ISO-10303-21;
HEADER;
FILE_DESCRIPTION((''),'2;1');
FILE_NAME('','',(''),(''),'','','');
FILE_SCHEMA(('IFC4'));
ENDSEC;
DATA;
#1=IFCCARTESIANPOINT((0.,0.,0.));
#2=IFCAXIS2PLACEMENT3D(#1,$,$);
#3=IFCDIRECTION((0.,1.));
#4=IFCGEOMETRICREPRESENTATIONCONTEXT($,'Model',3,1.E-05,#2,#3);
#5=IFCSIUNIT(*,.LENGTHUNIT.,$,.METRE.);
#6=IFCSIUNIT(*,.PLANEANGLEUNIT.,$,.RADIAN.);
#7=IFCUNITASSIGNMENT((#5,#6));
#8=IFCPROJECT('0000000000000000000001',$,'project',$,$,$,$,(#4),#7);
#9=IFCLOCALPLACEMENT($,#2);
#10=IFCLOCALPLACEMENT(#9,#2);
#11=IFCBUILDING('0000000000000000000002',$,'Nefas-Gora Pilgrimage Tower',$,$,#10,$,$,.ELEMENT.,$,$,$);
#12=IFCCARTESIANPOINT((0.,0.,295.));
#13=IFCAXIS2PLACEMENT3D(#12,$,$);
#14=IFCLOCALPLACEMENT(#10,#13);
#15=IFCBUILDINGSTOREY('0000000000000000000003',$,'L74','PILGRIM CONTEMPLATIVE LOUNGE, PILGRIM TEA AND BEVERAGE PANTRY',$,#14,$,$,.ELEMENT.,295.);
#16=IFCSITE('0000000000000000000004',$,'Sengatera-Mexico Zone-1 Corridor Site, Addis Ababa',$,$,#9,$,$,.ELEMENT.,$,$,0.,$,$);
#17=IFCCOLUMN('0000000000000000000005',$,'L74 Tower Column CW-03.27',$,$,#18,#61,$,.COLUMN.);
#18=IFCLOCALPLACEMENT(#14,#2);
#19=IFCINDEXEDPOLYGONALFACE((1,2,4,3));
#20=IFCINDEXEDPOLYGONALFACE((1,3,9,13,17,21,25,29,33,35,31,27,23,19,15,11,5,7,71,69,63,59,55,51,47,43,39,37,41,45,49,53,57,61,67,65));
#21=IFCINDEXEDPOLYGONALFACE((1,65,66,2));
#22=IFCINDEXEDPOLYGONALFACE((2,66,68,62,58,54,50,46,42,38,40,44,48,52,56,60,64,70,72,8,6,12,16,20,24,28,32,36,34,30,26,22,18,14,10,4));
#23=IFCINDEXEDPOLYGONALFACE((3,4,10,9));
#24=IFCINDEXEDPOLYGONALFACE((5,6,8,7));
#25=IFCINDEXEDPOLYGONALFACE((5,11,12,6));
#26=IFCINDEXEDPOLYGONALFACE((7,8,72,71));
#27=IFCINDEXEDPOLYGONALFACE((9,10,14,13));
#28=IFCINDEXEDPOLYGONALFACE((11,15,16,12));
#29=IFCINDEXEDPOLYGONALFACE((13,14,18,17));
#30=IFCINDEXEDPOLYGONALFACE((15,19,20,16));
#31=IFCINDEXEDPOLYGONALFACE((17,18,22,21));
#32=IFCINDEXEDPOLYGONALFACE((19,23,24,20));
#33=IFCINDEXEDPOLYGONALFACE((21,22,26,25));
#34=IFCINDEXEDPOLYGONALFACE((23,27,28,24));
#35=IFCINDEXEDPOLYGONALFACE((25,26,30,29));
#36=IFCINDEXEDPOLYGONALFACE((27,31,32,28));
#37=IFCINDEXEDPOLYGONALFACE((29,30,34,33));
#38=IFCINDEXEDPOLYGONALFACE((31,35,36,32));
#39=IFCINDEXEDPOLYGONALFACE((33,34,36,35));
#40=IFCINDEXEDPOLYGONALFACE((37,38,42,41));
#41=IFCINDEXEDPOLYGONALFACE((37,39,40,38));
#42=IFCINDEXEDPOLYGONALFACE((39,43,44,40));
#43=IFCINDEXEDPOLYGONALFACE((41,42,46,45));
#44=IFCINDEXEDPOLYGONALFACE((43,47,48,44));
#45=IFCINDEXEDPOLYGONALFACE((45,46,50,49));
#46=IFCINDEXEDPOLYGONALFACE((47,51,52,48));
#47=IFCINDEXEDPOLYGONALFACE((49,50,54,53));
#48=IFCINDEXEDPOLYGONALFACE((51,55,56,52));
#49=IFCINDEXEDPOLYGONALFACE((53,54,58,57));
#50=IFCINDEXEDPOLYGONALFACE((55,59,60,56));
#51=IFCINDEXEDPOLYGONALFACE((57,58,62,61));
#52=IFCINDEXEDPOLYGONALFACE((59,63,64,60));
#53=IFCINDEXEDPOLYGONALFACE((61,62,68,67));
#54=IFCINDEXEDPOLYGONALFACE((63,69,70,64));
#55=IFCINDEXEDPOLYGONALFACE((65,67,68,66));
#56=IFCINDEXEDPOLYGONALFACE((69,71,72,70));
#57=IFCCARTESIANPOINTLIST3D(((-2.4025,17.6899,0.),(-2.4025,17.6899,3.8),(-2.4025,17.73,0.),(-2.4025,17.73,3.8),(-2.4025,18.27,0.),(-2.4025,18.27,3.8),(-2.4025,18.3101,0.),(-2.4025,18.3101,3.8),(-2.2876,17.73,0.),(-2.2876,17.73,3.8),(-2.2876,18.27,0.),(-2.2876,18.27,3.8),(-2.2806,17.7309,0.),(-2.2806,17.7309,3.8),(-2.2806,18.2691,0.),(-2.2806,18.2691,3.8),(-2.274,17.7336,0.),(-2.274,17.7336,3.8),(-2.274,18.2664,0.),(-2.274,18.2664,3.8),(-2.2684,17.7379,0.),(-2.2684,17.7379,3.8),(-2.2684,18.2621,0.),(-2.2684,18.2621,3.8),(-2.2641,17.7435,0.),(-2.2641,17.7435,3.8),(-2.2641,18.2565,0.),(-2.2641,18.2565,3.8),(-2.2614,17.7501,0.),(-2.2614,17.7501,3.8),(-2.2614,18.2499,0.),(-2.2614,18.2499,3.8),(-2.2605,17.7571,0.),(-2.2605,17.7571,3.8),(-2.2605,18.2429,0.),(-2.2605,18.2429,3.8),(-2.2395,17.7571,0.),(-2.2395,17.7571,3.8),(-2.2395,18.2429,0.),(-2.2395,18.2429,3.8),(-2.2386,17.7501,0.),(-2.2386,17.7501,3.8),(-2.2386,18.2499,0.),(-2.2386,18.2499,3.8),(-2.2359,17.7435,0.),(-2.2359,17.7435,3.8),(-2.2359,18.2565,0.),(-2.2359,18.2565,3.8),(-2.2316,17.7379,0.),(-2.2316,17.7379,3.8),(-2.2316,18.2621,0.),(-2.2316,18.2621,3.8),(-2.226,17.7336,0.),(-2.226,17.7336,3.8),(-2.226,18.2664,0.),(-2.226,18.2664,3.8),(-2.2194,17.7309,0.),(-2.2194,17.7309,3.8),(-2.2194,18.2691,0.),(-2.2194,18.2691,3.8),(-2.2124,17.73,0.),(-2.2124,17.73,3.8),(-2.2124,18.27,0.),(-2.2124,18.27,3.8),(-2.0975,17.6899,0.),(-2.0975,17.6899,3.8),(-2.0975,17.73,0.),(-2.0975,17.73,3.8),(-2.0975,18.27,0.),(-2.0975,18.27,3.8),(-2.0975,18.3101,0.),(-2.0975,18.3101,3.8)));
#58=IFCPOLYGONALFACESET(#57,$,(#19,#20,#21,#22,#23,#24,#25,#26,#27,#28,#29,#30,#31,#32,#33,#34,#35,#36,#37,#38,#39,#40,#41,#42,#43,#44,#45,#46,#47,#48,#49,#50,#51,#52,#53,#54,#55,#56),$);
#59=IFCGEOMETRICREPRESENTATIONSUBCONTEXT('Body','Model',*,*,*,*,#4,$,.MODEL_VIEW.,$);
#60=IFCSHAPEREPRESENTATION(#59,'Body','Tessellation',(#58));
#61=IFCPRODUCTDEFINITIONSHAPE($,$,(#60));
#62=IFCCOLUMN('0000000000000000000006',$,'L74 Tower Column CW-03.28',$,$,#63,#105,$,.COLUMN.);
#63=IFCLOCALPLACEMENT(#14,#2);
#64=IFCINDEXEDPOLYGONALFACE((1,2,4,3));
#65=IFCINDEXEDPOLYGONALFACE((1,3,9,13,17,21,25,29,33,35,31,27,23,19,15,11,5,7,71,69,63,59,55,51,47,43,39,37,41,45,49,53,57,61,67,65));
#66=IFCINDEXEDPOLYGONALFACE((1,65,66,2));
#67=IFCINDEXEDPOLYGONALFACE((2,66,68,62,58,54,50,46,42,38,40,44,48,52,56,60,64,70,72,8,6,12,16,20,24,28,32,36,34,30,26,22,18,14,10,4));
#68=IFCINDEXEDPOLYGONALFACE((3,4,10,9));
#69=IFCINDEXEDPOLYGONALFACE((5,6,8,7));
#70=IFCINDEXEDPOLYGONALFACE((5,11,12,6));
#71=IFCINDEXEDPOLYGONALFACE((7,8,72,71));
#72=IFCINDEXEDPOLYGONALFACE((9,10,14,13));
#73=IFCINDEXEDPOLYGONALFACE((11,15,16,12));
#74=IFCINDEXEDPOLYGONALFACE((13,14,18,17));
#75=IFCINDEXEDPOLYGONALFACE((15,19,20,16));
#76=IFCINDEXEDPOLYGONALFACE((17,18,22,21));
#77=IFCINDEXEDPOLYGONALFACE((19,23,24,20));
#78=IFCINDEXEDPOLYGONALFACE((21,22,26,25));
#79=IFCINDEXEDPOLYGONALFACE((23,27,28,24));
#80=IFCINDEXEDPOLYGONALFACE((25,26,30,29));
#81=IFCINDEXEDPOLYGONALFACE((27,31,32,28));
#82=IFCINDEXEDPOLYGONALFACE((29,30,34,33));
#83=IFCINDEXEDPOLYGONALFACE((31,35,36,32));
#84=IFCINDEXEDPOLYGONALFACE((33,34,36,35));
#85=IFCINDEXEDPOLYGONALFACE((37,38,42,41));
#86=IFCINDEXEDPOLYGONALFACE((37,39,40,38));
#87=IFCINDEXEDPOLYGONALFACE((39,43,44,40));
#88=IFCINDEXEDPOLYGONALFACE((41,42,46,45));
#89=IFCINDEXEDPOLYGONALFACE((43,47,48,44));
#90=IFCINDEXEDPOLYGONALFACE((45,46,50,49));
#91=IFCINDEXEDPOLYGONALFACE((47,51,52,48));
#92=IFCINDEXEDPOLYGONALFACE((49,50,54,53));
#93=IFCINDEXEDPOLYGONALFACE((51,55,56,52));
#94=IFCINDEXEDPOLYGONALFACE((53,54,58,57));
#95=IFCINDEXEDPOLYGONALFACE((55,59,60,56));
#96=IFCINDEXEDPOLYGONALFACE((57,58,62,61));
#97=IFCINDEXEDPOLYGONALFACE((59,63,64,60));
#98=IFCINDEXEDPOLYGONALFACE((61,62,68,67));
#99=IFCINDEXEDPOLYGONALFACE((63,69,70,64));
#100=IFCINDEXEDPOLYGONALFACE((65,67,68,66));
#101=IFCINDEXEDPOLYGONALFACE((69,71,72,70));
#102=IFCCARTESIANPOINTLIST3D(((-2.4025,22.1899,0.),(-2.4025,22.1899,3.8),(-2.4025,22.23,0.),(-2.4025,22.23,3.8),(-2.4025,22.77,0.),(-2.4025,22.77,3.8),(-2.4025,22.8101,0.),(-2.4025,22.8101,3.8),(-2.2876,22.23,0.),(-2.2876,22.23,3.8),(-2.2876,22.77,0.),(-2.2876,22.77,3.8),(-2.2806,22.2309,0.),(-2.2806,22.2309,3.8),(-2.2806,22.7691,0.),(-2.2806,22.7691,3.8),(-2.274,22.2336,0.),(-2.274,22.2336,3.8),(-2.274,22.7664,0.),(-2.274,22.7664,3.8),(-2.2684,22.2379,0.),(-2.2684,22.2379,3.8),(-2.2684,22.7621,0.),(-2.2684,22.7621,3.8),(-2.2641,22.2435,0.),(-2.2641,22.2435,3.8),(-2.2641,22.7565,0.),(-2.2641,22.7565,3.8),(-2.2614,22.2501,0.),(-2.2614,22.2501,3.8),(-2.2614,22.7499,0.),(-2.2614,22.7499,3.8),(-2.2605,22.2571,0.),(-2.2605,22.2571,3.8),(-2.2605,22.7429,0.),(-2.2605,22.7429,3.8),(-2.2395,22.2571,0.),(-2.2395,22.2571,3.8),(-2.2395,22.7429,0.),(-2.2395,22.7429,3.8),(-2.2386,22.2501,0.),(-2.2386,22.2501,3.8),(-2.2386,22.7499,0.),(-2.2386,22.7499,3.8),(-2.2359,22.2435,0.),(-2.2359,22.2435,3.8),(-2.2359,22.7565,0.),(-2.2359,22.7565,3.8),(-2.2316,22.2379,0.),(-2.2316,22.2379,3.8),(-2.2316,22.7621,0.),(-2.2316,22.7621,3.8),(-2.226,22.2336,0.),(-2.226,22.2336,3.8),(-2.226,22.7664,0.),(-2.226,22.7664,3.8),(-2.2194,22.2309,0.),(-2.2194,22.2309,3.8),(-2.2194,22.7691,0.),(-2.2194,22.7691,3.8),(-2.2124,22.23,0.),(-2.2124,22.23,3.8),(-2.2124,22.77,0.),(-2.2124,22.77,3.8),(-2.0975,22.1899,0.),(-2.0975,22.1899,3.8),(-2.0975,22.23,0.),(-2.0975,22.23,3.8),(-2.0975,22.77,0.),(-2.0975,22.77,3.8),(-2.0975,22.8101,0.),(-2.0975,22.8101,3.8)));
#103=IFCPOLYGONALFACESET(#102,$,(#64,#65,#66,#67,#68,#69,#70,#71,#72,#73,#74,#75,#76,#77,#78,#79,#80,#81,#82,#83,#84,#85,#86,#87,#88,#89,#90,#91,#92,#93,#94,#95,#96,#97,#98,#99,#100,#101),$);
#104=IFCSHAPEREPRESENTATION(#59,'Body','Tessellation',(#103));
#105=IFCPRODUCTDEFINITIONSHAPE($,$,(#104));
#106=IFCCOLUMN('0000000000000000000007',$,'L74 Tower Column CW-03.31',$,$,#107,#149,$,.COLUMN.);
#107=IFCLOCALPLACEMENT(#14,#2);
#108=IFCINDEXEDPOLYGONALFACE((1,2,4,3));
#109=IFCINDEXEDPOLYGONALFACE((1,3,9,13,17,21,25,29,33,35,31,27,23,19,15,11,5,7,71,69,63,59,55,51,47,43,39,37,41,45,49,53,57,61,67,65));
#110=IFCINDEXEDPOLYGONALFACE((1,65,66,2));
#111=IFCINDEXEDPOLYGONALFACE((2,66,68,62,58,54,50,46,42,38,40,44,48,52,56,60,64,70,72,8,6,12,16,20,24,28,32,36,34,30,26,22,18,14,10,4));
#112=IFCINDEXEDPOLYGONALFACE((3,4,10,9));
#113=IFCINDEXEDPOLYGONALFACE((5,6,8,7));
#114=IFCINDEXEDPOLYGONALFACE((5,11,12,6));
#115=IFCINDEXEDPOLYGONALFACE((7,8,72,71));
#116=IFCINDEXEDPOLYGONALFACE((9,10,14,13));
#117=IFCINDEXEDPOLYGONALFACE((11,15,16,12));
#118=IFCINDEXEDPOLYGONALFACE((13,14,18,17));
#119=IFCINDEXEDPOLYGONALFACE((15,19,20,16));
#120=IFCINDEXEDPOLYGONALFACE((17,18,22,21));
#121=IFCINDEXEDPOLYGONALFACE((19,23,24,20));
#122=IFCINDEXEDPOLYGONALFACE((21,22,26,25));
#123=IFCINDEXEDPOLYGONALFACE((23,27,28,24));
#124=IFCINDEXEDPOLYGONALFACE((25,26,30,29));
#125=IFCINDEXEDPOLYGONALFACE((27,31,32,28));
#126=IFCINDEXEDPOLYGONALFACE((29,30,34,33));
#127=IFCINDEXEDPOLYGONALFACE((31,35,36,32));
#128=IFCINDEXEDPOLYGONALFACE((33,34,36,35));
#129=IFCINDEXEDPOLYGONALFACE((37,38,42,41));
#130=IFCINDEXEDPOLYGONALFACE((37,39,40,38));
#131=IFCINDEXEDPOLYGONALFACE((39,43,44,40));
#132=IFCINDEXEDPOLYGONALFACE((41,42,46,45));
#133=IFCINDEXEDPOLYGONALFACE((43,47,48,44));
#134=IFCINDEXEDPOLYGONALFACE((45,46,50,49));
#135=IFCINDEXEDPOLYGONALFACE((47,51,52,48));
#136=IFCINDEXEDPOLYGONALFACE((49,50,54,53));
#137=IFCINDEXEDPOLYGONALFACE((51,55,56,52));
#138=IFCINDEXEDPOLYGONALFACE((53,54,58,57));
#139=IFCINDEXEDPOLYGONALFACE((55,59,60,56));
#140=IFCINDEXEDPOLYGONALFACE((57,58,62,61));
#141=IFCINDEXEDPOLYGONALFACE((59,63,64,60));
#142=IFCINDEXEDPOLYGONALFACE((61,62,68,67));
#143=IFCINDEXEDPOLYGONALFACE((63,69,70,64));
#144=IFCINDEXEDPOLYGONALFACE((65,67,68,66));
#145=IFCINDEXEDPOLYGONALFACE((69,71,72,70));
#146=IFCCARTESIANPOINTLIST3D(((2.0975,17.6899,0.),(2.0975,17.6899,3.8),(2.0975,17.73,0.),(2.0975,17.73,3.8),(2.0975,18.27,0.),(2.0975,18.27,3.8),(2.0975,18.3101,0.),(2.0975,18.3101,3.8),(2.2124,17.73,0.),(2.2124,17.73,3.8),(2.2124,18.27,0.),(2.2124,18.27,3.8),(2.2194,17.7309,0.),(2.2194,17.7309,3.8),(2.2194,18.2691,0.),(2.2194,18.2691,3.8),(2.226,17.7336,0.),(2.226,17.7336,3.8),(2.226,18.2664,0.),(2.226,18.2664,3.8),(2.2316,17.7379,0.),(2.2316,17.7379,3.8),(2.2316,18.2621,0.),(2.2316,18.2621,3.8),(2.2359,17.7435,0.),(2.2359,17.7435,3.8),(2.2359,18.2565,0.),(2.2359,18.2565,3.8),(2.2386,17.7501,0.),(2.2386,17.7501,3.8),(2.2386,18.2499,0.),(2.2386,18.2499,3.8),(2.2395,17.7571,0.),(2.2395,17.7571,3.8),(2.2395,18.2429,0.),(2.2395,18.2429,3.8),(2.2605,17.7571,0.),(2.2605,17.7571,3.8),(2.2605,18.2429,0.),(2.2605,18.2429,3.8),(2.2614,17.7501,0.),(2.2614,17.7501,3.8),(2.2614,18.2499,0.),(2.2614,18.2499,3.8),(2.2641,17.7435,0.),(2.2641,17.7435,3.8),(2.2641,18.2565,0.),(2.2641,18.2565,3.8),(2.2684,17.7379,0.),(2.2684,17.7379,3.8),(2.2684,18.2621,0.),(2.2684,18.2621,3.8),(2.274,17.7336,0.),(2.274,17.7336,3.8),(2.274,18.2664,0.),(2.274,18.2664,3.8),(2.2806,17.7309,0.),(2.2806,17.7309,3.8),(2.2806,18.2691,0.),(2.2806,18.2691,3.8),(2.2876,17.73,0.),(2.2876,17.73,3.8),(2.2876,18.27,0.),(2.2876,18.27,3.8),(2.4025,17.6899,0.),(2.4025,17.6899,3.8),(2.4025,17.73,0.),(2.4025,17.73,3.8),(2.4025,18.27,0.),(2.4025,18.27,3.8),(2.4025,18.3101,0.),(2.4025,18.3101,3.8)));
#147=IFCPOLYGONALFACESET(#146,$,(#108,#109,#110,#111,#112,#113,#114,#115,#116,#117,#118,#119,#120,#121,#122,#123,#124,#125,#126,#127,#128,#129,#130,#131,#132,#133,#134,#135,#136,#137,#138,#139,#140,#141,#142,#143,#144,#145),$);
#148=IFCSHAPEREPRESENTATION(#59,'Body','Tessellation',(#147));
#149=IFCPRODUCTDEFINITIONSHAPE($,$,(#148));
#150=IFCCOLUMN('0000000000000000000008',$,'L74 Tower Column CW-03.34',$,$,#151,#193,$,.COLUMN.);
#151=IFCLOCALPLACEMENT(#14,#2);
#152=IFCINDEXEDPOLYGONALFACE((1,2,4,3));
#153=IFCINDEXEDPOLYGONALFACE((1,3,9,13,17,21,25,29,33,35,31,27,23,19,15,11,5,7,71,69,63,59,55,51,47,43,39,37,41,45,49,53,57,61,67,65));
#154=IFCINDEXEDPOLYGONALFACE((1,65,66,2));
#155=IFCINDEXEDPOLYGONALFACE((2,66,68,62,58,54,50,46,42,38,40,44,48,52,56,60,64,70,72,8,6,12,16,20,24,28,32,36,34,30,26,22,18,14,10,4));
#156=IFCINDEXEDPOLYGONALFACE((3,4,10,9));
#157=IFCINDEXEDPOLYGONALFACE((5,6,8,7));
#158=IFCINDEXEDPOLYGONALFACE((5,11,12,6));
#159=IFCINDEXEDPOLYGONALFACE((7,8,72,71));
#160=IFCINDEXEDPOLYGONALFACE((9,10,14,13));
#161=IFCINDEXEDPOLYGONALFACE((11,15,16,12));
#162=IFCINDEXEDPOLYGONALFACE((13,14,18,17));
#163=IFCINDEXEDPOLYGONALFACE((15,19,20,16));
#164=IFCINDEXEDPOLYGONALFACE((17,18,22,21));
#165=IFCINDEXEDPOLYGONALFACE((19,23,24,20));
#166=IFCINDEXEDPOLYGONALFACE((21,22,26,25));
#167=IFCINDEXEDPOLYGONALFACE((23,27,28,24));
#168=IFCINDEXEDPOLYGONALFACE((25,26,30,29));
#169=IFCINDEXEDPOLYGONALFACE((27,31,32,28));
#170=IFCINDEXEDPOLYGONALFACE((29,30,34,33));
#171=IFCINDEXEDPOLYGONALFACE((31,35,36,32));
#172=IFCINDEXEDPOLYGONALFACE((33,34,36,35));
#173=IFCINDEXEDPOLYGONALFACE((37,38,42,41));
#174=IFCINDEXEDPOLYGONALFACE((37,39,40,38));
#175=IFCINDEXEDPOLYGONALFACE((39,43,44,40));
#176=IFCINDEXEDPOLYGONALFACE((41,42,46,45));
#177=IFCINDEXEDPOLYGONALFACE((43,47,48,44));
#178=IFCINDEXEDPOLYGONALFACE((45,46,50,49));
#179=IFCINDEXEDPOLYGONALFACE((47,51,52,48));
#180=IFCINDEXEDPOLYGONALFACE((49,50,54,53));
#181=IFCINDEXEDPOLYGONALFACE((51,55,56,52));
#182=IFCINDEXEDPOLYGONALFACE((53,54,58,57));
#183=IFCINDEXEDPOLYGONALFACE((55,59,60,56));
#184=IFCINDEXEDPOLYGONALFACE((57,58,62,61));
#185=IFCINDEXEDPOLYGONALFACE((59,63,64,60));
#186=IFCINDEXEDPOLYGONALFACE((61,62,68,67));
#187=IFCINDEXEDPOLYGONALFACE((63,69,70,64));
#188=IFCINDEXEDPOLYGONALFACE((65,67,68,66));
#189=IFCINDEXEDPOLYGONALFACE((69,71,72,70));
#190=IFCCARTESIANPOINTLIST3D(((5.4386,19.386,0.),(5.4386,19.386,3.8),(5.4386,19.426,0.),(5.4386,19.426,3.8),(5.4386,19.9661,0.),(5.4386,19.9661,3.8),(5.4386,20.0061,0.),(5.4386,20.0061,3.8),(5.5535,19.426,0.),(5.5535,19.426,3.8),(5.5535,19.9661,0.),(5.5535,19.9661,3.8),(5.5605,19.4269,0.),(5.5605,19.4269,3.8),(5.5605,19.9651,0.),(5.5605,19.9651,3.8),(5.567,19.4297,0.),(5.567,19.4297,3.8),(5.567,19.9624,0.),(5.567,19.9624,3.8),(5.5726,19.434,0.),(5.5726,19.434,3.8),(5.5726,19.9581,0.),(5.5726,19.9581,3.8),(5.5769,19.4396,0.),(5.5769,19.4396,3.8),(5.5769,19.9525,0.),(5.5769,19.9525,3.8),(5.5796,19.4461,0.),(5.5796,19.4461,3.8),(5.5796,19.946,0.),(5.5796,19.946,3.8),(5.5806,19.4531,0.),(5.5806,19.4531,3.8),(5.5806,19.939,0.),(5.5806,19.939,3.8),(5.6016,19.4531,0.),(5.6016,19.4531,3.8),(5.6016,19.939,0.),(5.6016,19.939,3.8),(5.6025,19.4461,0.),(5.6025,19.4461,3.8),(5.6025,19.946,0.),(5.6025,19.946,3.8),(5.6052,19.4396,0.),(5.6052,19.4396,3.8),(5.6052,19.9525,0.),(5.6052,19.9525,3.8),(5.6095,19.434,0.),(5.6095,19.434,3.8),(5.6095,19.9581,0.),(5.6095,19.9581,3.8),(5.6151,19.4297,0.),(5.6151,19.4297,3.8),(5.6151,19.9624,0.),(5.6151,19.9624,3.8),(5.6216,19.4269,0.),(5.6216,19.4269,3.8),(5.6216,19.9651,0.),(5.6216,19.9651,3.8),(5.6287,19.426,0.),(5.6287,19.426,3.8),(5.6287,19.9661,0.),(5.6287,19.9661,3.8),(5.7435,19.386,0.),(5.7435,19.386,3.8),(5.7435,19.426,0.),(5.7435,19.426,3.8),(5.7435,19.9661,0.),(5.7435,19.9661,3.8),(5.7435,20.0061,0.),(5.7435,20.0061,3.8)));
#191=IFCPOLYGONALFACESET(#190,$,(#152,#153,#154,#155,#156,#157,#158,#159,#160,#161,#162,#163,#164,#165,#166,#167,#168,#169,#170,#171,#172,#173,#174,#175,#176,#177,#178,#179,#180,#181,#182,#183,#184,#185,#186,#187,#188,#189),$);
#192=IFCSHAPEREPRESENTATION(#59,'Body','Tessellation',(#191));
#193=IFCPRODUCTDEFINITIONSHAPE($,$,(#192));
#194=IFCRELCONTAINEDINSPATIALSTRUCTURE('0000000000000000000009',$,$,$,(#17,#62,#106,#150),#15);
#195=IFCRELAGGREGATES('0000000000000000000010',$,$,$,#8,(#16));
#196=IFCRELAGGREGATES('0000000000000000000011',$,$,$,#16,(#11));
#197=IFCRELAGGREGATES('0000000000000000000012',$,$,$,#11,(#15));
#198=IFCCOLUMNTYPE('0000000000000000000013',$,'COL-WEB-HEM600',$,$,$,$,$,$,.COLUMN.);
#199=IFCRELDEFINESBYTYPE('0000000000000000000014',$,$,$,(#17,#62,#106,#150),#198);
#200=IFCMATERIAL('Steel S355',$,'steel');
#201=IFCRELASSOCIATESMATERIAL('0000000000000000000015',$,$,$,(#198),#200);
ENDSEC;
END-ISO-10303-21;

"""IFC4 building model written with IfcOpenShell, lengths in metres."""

from ifc_helpers import new_model, si_unit, direction, frame, origin, origin_2d, place, context, subcontext, project, spatial, i_section, extrude, source, transform, mapped, material, material_profile, profile_set, type_object, element, save


model = new_model("IFC4")

# Units and contexts
model_context = context("Model", 3, precision=1e-05, world=origin(), true_north=direction((0.0, 1.0)))
body_context = subcontext(model_context, "Body", "Model", "MODEL_VIEW")
ifc_project = project(units=[si_unit("LENGTHUNIT", "METRE"), si_unit("PLANEANGLEUNIT", "RADIAN")], contexts=[model_context])

# Site, building, storey
site_placement = place(None, origin())
site = spatial("IfcSite", under=ifc_project, at=site_placement, Name="Sengatera-Mexico Zone-1 Corridor Site, Addis Ababa", CompositionType="ELEMENT", RefElevation=0.0)
building_placement = place(site_placement, origin())
building = spatial("IfcBuilding", under=site, at=building_placement, Name="Nefas-Gora Pilgrimage Tower", CompositionType="ELEMENT")
storey_placement = place(building_placement, frame((0.0, 0.0, 295.0)))
storey = spatial("IfcBuildingStorey", under=building, at=storey_placement, Name="L74", Description="PILGRIM CONTEMPLATIVE LOUNGE, PILGRIM TEA AND BEVERAGE PANTRY", CompositionType="ELEMENT", Elevation=295.0)

# Columns
ifc_material_1 = material(Name="Steel S355", Category="steel")
ifc_material_profile_1 = material_profile(ifc_material_1, i_section(OverallWidth=0.3049, OverallDepth=0.6201, WebThickness=0.021, FlangeThickness=0.04, FilletRadius=0.0271, at=origin_2d()), Name="HEM 600")
ifc_profile_set_1 = profile_set([ifc_material_profile_1], Name="Steel S355")
column_type_1 = type_object("IfcColumnType", Name="COL-WEB-HEM600", PredefinedType="COLUMN", material=ifc_profile_set_1)
shared_shape_1 = source(origin(), body_context, "Body", "SweptSolid", [
    extrude(i_section(OverallWidth=0.3049, OverallDepth=0.6201, WebThickness=0.021, FlangeThickness=0.04, FilletRadius=0.0271, at=origin_2d()), origin(), (0.0, 0.0, 1.0), 3.8),
])
for number, where, z_axis, x_axis, name in (
    (1, (-2.25, 18.0, 0.0), (0.0, 0.0, 1.0), (1.0, 0.0, 0.0), "L74 Tower Column CW-03.27"),
    (2, (-2.25, 22.5, 0.0), (0.0, 0.0, 1.0), (1.0, 0.0, 0.0), "L74 Tower Column CW-03.28"),
    (3, (2.25, 18.0, 0.0), (0.0, 0.0, 1.0), (1.0, 0.0, 0.0), "L74 Tower Column CW-03.31"),
    (4, (5.5911, 19.696, 0.0), (0.0, 0.0, 1.0), (1.0, 0.0, 0.0), "L74 Tower Column CW-03.34"),
):
    element("IfcColumn", number, at=place(storey_placement, frame(where, z_axis=z_axis, x_axis=x_axis)), inside=storey, type_object=column_type_1, Name=name, PredefinedType="COLUMN", context=body_context, shape_type="MappedRepresentation", body=[
        mapped(shared_shape_1, transform((0.0, 0.0, 0.0), x_axis=(1.0, 0.0, 0.0), y_axis=(0.0, 1.0, 0.0), z_axis=(0.0, 0.0, 1.0), scale=1.0)),
    ])

save(model, "model.ifc")
